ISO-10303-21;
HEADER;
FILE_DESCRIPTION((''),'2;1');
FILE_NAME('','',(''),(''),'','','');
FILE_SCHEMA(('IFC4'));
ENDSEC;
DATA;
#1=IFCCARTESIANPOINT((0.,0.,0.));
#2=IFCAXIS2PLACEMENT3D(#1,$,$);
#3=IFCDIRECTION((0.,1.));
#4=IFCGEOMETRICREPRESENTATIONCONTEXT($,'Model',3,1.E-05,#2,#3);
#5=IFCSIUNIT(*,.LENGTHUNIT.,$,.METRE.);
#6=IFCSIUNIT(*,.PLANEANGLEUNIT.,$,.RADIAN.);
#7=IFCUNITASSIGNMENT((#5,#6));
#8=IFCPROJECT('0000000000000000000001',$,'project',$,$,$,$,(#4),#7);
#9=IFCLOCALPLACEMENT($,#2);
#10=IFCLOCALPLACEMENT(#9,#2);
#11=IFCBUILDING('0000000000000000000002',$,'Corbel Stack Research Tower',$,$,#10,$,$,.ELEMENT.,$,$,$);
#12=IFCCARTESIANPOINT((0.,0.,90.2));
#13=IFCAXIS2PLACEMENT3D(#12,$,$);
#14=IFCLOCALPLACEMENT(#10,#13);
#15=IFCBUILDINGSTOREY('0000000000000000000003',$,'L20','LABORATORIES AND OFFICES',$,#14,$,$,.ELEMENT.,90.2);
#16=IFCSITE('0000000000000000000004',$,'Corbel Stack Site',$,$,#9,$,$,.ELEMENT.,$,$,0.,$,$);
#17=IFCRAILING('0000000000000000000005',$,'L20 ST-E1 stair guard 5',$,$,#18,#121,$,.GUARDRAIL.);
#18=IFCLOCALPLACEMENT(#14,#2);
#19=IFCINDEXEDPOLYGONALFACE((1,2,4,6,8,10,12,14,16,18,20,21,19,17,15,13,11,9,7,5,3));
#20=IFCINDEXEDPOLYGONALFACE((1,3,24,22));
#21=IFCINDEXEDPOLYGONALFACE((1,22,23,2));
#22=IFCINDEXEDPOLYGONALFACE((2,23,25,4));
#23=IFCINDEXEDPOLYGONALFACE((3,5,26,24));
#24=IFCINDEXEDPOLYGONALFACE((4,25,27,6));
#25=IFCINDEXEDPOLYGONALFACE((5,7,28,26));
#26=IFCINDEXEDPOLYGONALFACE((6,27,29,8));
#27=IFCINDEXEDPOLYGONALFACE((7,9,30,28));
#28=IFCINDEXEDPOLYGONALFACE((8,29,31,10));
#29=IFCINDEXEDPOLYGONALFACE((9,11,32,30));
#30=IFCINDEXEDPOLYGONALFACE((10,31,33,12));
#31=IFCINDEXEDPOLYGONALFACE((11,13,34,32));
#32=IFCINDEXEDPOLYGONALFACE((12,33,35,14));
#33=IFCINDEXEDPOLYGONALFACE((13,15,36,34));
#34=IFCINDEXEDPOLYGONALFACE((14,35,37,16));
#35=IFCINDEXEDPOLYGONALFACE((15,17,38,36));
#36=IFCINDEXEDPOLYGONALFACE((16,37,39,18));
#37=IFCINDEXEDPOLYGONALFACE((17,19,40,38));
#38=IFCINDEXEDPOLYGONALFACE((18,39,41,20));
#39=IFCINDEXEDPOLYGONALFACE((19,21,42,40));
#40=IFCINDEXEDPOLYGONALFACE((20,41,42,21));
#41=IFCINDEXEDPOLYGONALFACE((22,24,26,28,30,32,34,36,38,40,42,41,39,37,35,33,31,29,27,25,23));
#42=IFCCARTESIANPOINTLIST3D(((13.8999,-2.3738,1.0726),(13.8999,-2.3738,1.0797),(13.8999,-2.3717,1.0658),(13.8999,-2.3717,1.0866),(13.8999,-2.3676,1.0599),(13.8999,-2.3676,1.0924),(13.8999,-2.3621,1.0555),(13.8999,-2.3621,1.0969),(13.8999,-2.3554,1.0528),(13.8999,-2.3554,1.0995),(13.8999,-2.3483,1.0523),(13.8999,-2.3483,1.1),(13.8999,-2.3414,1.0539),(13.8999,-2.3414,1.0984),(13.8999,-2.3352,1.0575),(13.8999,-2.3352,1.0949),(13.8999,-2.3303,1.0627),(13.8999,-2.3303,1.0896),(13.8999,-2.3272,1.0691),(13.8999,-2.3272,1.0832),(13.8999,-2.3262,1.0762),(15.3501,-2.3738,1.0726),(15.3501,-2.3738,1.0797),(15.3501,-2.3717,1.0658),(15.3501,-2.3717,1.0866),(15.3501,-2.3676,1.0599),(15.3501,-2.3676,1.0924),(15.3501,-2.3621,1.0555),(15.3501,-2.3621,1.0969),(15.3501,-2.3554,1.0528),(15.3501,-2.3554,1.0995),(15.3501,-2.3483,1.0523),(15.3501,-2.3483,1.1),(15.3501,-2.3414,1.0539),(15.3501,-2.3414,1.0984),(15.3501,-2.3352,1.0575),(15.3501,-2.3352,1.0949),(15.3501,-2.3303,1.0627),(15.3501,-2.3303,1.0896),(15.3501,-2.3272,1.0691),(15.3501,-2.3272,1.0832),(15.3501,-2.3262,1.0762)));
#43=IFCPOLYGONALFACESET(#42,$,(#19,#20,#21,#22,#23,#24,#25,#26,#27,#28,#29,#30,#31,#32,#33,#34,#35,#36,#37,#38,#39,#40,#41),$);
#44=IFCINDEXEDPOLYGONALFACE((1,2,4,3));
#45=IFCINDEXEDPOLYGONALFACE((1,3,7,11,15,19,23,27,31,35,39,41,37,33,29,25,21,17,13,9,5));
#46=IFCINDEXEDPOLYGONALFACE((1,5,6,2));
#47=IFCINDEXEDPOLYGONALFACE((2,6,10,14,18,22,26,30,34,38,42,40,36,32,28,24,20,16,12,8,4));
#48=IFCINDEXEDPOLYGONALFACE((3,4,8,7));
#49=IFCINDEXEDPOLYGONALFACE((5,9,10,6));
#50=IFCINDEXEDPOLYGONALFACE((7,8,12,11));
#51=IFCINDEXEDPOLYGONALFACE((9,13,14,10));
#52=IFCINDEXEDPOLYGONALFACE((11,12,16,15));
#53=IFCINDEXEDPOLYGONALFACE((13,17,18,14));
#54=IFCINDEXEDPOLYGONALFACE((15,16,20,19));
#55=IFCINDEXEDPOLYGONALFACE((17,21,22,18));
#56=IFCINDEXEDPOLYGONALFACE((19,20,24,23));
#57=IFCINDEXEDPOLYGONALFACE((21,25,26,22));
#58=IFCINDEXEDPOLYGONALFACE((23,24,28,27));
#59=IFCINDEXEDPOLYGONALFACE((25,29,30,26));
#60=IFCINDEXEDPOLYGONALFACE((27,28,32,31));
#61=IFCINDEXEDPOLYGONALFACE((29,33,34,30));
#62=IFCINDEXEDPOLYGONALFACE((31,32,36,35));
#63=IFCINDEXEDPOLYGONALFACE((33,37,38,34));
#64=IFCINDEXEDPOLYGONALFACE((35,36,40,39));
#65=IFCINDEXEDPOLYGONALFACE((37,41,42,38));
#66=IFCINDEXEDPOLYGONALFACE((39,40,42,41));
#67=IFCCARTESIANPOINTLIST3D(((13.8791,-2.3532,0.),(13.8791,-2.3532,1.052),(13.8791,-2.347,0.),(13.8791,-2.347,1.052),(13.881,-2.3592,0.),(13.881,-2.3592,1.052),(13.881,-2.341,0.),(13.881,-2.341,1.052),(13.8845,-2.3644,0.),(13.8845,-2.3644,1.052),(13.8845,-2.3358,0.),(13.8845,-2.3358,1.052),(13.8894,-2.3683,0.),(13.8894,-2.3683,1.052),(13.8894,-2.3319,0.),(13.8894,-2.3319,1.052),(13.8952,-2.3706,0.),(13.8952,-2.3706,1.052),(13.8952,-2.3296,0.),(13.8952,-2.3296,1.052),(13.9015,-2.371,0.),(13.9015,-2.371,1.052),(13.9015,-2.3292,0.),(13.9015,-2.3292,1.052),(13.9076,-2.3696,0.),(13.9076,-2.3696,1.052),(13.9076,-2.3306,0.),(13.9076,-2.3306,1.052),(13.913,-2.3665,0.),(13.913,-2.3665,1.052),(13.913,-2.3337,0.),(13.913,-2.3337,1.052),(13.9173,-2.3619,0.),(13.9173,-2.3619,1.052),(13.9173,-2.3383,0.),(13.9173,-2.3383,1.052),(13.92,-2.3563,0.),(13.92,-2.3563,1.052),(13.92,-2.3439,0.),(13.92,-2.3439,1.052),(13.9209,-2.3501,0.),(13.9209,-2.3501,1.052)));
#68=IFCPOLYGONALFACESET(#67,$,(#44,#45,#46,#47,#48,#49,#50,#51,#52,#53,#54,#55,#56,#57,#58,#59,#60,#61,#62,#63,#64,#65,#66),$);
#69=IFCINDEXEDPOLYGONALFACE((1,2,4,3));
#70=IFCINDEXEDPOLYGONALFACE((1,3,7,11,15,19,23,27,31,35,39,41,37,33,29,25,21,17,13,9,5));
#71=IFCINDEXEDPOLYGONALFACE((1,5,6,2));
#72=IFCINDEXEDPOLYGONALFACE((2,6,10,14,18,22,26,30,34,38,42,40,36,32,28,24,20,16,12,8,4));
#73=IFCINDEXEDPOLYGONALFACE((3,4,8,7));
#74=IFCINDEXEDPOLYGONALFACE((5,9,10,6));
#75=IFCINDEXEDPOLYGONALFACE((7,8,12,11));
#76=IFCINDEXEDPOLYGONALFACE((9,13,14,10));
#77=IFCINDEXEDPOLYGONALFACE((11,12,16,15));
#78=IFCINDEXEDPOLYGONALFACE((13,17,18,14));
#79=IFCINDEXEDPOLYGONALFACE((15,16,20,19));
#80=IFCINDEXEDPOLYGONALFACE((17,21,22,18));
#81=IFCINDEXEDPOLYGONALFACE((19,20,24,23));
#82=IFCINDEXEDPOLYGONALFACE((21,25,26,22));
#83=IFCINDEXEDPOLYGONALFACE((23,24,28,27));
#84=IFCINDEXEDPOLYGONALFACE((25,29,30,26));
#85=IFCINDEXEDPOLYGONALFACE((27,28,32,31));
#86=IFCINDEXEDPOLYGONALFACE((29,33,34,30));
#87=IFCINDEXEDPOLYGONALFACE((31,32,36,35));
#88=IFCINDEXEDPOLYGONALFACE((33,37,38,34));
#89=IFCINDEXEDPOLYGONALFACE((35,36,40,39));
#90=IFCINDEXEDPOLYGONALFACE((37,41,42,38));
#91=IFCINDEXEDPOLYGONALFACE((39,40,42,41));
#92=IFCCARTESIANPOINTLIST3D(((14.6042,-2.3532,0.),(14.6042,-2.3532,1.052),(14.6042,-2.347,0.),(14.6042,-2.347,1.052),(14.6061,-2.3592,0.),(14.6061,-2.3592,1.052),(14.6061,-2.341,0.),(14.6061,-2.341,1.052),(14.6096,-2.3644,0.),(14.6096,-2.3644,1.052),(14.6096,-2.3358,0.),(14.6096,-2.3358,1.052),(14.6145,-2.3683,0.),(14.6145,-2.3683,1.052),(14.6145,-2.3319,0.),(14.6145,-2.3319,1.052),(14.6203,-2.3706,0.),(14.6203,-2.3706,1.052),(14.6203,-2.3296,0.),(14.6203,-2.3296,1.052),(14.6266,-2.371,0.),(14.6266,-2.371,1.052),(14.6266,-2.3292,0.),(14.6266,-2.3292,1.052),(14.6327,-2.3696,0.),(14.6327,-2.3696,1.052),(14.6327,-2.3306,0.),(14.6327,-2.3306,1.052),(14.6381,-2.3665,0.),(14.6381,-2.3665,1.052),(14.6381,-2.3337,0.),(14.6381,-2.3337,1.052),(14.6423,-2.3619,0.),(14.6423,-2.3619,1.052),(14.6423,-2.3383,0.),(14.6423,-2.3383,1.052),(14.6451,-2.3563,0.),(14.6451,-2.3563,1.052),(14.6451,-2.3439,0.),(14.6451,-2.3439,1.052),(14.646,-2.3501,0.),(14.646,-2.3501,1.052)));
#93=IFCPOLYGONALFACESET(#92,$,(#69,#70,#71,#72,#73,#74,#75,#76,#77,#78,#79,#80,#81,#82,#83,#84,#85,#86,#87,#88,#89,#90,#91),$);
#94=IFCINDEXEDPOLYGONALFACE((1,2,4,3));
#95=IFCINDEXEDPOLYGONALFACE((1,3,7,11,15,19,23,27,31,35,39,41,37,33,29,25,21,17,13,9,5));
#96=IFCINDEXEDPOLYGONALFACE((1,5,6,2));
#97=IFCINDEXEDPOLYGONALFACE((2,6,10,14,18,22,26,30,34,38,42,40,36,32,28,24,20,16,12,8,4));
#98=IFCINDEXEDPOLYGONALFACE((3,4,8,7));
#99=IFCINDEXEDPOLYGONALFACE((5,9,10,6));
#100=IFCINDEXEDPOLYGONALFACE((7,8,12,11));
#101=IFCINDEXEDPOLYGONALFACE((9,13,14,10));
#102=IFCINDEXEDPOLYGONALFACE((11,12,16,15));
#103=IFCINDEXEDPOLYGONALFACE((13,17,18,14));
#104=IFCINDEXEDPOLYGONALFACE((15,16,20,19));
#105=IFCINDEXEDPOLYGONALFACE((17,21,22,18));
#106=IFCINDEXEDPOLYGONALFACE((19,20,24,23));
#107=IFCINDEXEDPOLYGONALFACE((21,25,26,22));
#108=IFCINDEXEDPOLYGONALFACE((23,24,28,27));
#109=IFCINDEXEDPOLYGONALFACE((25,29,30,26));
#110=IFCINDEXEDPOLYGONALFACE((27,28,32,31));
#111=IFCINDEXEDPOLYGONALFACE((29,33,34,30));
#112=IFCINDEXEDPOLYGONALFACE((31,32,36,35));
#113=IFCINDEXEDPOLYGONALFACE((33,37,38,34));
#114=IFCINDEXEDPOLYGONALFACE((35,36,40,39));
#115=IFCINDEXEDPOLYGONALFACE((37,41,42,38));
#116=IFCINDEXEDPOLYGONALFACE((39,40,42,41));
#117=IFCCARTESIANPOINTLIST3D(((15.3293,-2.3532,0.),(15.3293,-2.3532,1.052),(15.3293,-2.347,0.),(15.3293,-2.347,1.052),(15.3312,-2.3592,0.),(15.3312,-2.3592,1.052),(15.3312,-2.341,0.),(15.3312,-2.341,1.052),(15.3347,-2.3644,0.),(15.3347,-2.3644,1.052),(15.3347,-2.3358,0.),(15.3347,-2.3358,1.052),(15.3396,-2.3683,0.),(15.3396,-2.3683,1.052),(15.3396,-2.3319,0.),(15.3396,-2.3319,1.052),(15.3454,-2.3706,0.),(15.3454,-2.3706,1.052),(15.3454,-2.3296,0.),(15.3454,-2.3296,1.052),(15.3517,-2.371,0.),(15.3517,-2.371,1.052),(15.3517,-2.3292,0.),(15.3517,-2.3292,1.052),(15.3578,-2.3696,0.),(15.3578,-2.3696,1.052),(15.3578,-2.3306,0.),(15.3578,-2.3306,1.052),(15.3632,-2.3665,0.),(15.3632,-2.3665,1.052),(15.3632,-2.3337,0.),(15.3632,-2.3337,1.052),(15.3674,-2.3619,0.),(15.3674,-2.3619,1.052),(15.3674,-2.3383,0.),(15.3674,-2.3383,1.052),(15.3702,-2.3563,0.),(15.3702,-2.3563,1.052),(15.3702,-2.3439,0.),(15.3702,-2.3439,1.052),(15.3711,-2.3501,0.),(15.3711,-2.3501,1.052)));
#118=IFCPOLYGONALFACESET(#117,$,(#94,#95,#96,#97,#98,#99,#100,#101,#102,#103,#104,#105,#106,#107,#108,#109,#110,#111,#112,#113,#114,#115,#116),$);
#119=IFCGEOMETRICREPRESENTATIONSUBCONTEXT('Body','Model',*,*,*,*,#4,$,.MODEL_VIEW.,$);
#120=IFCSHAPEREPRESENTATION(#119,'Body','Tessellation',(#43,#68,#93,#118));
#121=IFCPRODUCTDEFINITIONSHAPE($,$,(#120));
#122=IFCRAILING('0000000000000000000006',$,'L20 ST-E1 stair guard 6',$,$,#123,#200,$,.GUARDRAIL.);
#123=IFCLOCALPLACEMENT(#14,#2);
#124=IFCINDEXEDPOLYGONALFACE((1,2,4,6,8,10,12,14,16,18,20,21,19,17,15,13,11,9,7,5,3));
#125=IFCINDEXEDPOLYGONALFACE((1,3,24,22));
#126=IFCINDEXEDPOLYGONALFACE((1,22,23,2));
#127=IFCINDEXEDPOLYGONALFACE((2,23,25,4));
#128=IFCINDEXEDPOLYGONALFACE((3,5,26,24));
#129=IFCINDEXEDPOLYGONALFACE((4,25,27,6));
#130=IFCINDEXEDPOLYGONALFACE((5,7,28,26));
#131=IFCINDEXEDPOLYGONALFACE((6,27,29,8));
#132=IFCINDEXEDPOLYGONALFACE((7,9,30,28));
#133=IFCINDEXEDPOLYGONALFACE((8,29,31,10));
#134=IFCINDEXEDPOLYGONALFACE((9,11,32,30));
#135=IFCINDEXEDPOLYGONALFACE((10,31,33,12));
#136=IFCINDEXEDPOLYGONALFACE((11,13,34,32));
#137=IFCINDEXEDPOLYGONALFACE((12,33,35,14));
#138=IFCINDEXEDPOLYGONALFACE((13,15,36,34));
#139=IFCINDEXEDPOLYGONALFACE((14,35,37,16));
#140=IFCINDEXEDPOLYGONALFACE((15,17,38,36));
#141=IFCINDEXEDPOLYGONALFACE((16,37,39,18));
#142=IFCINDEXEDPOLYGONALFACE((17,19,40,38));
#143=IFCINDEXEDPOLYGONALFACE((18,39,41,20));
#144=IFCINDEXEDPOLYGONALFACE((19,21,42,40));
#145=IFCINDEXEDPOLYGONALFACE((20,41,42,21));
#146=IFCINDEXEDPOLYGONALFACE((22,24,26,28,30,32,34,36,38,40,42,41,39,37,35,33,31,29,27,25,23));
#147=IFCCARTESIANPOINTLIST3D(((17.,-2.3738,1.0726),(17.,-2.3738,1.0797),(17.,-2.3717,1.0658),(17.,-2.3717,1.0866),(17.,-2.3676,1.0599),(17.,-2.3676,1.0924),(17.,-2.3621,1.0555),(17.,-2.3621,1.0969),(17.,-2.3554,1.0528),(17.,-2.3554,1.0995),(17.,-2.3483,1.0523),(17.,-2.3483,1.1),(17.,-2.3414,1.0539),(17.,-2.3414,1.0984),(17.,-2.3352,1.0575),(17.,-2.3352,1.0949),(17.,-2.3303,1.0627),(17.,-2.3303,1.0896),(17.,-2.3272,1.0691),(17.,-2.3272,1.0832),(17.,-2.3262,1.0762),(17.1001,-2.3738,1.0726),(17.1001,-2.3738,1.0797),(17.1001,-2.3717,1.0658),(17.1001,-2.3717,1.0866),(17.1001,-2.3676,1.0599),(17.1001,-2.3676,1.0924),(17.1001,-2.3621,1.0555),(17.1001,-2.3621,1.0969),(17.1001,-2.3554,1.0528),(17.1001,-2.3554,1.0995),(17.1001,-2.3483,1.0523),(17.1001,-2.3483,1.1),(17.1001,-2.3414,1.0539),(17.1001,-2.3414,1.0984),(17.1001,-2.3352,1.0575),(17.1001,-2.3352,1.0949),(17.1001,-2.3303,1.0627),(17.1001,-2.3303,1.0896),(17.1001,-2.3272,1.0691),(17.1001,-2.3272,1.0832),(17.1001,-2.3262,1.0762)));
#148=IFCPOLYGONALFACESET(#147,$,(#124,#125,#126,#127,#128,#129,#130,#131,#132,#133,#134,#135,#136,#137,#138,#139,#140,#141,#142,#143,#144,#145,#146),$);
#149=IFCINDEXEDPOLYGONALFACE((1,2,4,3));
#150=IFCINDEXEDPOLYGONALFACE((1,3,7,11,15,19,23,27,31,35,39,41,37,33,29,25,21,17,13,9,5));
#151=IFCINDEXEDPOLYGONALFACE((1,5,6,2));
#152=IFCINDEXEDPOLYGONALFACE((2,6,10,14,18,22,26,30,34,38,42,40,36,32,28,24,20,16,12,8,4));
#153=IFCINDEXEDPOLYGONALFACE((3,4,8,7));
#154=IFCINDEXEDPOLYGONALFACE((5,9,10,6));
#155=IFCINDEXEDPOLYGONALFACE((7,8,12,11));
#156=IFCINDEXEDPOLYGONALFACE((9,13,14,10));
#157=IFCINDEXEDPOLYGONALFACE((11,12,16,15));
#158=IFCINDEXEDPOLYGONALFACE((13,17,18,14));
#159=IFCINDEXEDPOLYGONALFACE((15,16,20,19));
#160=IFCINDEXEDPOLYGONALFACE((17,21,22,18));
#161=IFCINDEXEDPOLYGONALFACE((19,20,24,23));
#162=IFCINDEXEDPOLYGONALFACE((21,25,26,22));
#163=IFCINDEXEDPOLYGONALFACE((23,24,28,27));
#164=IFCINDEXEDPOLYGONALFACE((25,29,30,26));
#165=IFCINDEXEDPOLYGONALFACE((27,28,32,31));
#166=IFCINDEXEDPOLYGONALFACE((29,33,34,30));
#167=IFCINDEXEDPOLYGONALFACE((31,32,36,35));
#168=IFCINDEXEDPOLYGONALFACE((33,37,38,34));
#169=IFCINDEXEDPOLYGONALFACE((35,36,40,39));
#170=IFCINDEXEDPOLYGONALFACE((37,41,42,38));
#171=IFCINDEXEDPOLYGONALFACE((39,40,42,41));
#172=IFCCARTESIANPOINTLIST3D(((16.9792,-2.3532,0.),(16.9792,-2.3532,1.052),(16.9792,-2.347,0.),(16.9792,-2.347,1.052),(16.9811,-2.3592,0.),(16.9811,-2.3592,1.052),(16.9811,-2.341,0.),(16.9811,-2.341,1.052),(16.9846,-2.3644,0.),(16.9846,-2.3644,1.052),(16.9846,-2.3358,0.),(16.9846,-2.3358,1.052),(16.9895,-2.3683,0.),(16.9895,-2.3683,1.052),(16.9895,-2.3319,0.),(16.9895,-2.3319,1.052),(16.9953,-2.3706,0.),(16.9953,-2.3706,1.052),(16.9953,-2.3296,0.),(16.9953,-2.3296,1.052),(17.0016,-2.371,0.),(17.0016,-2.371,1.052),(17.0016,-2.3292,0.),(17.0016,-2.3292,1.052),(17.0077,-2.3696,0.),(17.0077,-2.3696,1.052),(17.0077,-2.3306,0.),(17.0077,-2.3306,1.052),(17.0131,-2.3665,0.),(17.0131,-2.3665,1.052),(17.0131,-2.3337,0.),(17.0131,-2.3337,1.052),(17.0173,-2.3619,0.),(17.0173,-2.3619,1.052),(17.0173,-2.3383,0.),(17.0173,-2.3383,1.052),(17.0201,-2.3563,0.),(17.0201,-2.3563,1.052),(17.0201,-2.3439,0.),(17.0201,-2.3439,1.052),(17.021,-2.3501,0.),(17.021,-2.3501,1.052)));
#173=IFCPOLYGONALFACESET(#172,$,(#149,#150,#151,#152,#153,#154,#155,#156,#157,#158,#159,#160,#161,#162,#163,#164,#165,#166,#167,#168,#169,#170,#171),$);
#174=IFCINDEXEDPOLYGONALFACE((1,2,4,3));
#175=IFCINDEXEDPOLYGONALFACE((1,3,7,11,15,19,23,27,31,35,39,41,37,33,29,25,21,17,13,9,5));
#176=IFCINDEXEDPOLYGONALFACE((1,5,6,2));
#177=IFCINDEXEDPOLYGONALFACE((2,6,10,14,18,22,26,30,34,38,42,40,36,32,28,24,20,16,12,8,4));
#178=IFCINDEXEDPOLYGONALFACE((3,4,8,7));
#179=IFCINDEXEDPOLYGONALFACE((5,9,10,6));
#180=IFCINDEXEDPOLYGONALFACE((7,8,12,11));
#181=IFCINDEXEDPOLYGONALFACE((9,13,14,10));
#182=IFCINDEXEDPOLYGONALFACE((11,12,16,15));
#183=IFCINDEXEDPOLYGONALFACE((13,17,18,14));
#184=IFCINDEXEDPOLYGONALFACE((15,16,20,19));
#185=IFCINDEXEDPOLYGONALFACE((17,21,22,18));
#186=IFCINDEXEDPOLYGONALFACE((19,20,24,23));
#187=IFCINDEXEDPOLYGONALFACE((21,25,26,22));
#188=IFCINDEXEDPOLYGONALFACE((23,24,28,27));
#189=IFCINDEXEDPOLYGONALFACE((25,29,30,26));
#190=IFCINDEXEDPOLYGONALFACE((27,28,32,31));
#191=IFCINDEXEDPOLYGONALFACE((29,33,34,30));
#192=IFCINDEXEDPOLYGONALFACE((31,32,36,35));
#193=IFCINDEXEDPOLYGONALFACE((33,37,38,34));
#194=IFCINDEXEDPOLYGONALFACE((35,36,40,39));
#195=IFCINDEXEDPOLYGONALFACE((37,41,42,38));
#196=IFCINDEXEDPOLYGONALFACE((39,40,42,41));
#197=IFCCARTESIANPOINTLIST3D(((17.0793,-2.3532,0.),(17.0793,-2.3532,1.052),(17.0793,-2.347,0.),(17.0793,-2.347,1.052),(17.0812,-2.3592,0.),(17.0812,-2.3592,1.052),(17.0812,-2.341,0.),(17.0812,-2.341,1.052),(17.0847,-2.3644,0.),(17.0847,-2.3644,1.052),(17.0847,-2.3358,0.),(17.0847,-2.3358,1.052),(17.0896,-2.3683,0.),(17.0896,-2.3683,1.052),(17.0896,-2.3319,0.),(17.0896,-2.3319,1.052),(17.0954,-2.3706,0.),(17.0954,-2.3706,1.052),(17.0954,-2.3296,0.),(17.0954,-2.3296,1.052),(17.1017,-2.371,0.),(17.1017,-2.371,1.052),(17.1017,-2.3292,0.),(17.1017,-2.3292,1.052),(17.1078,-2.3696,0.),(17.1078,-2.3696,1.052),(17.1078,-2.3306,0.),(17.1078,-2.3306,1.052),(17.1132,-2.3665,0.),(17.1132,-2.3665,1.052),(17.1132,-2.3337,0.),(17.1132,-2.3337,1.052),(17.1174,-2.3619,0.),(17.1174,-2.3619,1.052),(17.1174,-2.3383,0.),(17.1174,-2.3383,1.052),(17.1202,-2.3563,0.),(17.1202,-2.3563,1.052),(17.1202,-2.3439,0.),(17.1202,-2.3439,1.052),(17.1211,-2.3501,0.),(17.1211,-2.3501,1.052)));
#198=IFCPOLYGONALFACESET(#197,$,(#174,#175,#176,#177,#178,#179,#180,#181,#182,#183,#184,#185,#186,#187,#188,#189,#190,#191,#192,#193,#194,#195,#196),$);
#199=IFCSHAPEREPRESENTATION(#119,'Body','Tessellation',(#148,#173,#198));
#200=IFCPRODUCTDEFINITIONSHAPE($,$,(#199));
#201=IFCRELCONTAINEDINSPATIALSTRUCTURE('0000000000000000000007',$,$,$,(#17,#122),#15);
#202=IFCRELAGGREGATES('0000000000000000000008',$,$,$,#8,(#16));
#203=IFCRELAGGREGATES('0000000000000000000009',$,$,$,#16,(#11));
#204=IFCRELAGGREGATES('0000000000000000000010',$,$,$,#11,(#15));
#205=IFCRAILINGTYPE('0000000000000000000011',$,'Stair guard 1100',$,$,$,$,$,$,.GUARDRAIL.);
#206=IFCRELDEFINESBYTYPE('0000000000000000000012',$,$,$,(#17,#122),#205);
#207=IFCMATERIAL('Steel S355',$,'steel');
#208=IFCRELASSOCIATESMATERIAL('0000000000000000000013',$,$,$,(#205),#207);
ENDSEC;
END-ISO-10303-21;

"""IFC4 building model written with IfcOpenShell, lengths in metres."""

from ifc_helpers import new_model, si_unit, direction, frame, origin, origin_2d, place, context, subcontext, project, spatial, circle, extrude, material, type_object, element, save


model = new_model("IFC4")

# Units and contexts
model_context = context("Model", 3, precision=1e-05, world=origin(), true_north=direction((0.0, 1.0)))
body_context = subcontext(model_context, "Body", "Model", "MODEL_VIEW")
ifc_project = project(units=[si_unit("LENGTHUNIT", "METRE"), si_unit("PLANEANGLEUNIT", "RADIAN")], contexts=[model_context])

# Site, building, storey
site_placement = place(None, origin())
site = spatial("IfcSite", under=ifc_project, at=site_placement, Name="Corbel Stack Site", CompositionType="ELEMENT", RefElevation=0.0)
building_placement = place(site_placement, origin())
building = spatial("IfcBuilding", under=site, at=building_placement, Name="Corbel Stack Research Tower", CompositionType="ELEMENT")
storey_placement = place(building_placement, frame((0.0, 0.0, 90.2)))
storey = spatial("IfcBuildingStorey", under=building, at=storey_placement, Name="L20", Description="LABORATORIES AND OFFICES", CompositionType="ELEMENT", Elevation=90.2)

# Railings
ifc_material_1 = material(Name="Steel S355", Category="steel")
railing_type_1 = type_object("IfcRailingType", Name="Stair guard 1100", PredefinedType="GUARDRAIL", material=ifc_material_1)
railing_1_placement = place(storey_placement, frame((13.8999, -2.3501, 0.0)))
element("IfcRailing", 1, at=railing_1_placement, inside=storey, type_object=railing_type_1, Name="L20 ST-E1 stair guard 5", PredefinedType="GUARDRAIL", context=body_context, shape_type="SweptSolid", body=[
    extrude(circle(Radius=0.0239, at=origin_2d()), frame((0.0, 0.0, 1.0762), z_axis=(1.0, 0.0, 0.0), x_axis=(0.0, 1.0, 0.0)), (0.0, 0.0, 1.0), 1.4502),
    extrude(circle(Radius=0.021, at=origin_2d()), origin(), (0.0, 0.0, 1.0), 1.052),
    extrude(circle(Radius=0.021, at=origin_2d()), frame((0.7251, 0.0, 0.0)), (0.0, 0.0, 1.0), 1.052),
    extrude(circle(Radius=0.021, at=origin_2d()), frame((1.4502, 0.0, 0.0)), (0.0, 0.0, 1.0), 1.052),
])
railing_2_placement = place(storey_placement, frame((17.0, -2.3501, 0.0)))
element("IfcRailing", 2, at=railing_2_placement, inside=storey, type_object=railing_type_1, Name="L20 ST-E1 stair guard 6", PredefinedType="GUARDRAIL", context=body_context, shape_type="SweptSolid", body=[
    extrude(circle(Radius=0.0239, at=origin_2d()), frame((0.0, 0.0, 1.0762), z_axis=(1.0, 0.0, 0.0), x_axis=(0.0, 1.0, 0.0)), (0.0, 0.0, 1.0), 0.1001),
    extrude(circle(Radius=0.021, at=origin_2d()), origin(), (0.0, 0.0, 1.0), 1.052),
    extrude(circle(Radius=0.021, at=origin_2d()), frame((0.1001, 0.0, 0.0)), (0.0, 0.0, 1.0), 1.052),
])

save(model, "model.ifc")
